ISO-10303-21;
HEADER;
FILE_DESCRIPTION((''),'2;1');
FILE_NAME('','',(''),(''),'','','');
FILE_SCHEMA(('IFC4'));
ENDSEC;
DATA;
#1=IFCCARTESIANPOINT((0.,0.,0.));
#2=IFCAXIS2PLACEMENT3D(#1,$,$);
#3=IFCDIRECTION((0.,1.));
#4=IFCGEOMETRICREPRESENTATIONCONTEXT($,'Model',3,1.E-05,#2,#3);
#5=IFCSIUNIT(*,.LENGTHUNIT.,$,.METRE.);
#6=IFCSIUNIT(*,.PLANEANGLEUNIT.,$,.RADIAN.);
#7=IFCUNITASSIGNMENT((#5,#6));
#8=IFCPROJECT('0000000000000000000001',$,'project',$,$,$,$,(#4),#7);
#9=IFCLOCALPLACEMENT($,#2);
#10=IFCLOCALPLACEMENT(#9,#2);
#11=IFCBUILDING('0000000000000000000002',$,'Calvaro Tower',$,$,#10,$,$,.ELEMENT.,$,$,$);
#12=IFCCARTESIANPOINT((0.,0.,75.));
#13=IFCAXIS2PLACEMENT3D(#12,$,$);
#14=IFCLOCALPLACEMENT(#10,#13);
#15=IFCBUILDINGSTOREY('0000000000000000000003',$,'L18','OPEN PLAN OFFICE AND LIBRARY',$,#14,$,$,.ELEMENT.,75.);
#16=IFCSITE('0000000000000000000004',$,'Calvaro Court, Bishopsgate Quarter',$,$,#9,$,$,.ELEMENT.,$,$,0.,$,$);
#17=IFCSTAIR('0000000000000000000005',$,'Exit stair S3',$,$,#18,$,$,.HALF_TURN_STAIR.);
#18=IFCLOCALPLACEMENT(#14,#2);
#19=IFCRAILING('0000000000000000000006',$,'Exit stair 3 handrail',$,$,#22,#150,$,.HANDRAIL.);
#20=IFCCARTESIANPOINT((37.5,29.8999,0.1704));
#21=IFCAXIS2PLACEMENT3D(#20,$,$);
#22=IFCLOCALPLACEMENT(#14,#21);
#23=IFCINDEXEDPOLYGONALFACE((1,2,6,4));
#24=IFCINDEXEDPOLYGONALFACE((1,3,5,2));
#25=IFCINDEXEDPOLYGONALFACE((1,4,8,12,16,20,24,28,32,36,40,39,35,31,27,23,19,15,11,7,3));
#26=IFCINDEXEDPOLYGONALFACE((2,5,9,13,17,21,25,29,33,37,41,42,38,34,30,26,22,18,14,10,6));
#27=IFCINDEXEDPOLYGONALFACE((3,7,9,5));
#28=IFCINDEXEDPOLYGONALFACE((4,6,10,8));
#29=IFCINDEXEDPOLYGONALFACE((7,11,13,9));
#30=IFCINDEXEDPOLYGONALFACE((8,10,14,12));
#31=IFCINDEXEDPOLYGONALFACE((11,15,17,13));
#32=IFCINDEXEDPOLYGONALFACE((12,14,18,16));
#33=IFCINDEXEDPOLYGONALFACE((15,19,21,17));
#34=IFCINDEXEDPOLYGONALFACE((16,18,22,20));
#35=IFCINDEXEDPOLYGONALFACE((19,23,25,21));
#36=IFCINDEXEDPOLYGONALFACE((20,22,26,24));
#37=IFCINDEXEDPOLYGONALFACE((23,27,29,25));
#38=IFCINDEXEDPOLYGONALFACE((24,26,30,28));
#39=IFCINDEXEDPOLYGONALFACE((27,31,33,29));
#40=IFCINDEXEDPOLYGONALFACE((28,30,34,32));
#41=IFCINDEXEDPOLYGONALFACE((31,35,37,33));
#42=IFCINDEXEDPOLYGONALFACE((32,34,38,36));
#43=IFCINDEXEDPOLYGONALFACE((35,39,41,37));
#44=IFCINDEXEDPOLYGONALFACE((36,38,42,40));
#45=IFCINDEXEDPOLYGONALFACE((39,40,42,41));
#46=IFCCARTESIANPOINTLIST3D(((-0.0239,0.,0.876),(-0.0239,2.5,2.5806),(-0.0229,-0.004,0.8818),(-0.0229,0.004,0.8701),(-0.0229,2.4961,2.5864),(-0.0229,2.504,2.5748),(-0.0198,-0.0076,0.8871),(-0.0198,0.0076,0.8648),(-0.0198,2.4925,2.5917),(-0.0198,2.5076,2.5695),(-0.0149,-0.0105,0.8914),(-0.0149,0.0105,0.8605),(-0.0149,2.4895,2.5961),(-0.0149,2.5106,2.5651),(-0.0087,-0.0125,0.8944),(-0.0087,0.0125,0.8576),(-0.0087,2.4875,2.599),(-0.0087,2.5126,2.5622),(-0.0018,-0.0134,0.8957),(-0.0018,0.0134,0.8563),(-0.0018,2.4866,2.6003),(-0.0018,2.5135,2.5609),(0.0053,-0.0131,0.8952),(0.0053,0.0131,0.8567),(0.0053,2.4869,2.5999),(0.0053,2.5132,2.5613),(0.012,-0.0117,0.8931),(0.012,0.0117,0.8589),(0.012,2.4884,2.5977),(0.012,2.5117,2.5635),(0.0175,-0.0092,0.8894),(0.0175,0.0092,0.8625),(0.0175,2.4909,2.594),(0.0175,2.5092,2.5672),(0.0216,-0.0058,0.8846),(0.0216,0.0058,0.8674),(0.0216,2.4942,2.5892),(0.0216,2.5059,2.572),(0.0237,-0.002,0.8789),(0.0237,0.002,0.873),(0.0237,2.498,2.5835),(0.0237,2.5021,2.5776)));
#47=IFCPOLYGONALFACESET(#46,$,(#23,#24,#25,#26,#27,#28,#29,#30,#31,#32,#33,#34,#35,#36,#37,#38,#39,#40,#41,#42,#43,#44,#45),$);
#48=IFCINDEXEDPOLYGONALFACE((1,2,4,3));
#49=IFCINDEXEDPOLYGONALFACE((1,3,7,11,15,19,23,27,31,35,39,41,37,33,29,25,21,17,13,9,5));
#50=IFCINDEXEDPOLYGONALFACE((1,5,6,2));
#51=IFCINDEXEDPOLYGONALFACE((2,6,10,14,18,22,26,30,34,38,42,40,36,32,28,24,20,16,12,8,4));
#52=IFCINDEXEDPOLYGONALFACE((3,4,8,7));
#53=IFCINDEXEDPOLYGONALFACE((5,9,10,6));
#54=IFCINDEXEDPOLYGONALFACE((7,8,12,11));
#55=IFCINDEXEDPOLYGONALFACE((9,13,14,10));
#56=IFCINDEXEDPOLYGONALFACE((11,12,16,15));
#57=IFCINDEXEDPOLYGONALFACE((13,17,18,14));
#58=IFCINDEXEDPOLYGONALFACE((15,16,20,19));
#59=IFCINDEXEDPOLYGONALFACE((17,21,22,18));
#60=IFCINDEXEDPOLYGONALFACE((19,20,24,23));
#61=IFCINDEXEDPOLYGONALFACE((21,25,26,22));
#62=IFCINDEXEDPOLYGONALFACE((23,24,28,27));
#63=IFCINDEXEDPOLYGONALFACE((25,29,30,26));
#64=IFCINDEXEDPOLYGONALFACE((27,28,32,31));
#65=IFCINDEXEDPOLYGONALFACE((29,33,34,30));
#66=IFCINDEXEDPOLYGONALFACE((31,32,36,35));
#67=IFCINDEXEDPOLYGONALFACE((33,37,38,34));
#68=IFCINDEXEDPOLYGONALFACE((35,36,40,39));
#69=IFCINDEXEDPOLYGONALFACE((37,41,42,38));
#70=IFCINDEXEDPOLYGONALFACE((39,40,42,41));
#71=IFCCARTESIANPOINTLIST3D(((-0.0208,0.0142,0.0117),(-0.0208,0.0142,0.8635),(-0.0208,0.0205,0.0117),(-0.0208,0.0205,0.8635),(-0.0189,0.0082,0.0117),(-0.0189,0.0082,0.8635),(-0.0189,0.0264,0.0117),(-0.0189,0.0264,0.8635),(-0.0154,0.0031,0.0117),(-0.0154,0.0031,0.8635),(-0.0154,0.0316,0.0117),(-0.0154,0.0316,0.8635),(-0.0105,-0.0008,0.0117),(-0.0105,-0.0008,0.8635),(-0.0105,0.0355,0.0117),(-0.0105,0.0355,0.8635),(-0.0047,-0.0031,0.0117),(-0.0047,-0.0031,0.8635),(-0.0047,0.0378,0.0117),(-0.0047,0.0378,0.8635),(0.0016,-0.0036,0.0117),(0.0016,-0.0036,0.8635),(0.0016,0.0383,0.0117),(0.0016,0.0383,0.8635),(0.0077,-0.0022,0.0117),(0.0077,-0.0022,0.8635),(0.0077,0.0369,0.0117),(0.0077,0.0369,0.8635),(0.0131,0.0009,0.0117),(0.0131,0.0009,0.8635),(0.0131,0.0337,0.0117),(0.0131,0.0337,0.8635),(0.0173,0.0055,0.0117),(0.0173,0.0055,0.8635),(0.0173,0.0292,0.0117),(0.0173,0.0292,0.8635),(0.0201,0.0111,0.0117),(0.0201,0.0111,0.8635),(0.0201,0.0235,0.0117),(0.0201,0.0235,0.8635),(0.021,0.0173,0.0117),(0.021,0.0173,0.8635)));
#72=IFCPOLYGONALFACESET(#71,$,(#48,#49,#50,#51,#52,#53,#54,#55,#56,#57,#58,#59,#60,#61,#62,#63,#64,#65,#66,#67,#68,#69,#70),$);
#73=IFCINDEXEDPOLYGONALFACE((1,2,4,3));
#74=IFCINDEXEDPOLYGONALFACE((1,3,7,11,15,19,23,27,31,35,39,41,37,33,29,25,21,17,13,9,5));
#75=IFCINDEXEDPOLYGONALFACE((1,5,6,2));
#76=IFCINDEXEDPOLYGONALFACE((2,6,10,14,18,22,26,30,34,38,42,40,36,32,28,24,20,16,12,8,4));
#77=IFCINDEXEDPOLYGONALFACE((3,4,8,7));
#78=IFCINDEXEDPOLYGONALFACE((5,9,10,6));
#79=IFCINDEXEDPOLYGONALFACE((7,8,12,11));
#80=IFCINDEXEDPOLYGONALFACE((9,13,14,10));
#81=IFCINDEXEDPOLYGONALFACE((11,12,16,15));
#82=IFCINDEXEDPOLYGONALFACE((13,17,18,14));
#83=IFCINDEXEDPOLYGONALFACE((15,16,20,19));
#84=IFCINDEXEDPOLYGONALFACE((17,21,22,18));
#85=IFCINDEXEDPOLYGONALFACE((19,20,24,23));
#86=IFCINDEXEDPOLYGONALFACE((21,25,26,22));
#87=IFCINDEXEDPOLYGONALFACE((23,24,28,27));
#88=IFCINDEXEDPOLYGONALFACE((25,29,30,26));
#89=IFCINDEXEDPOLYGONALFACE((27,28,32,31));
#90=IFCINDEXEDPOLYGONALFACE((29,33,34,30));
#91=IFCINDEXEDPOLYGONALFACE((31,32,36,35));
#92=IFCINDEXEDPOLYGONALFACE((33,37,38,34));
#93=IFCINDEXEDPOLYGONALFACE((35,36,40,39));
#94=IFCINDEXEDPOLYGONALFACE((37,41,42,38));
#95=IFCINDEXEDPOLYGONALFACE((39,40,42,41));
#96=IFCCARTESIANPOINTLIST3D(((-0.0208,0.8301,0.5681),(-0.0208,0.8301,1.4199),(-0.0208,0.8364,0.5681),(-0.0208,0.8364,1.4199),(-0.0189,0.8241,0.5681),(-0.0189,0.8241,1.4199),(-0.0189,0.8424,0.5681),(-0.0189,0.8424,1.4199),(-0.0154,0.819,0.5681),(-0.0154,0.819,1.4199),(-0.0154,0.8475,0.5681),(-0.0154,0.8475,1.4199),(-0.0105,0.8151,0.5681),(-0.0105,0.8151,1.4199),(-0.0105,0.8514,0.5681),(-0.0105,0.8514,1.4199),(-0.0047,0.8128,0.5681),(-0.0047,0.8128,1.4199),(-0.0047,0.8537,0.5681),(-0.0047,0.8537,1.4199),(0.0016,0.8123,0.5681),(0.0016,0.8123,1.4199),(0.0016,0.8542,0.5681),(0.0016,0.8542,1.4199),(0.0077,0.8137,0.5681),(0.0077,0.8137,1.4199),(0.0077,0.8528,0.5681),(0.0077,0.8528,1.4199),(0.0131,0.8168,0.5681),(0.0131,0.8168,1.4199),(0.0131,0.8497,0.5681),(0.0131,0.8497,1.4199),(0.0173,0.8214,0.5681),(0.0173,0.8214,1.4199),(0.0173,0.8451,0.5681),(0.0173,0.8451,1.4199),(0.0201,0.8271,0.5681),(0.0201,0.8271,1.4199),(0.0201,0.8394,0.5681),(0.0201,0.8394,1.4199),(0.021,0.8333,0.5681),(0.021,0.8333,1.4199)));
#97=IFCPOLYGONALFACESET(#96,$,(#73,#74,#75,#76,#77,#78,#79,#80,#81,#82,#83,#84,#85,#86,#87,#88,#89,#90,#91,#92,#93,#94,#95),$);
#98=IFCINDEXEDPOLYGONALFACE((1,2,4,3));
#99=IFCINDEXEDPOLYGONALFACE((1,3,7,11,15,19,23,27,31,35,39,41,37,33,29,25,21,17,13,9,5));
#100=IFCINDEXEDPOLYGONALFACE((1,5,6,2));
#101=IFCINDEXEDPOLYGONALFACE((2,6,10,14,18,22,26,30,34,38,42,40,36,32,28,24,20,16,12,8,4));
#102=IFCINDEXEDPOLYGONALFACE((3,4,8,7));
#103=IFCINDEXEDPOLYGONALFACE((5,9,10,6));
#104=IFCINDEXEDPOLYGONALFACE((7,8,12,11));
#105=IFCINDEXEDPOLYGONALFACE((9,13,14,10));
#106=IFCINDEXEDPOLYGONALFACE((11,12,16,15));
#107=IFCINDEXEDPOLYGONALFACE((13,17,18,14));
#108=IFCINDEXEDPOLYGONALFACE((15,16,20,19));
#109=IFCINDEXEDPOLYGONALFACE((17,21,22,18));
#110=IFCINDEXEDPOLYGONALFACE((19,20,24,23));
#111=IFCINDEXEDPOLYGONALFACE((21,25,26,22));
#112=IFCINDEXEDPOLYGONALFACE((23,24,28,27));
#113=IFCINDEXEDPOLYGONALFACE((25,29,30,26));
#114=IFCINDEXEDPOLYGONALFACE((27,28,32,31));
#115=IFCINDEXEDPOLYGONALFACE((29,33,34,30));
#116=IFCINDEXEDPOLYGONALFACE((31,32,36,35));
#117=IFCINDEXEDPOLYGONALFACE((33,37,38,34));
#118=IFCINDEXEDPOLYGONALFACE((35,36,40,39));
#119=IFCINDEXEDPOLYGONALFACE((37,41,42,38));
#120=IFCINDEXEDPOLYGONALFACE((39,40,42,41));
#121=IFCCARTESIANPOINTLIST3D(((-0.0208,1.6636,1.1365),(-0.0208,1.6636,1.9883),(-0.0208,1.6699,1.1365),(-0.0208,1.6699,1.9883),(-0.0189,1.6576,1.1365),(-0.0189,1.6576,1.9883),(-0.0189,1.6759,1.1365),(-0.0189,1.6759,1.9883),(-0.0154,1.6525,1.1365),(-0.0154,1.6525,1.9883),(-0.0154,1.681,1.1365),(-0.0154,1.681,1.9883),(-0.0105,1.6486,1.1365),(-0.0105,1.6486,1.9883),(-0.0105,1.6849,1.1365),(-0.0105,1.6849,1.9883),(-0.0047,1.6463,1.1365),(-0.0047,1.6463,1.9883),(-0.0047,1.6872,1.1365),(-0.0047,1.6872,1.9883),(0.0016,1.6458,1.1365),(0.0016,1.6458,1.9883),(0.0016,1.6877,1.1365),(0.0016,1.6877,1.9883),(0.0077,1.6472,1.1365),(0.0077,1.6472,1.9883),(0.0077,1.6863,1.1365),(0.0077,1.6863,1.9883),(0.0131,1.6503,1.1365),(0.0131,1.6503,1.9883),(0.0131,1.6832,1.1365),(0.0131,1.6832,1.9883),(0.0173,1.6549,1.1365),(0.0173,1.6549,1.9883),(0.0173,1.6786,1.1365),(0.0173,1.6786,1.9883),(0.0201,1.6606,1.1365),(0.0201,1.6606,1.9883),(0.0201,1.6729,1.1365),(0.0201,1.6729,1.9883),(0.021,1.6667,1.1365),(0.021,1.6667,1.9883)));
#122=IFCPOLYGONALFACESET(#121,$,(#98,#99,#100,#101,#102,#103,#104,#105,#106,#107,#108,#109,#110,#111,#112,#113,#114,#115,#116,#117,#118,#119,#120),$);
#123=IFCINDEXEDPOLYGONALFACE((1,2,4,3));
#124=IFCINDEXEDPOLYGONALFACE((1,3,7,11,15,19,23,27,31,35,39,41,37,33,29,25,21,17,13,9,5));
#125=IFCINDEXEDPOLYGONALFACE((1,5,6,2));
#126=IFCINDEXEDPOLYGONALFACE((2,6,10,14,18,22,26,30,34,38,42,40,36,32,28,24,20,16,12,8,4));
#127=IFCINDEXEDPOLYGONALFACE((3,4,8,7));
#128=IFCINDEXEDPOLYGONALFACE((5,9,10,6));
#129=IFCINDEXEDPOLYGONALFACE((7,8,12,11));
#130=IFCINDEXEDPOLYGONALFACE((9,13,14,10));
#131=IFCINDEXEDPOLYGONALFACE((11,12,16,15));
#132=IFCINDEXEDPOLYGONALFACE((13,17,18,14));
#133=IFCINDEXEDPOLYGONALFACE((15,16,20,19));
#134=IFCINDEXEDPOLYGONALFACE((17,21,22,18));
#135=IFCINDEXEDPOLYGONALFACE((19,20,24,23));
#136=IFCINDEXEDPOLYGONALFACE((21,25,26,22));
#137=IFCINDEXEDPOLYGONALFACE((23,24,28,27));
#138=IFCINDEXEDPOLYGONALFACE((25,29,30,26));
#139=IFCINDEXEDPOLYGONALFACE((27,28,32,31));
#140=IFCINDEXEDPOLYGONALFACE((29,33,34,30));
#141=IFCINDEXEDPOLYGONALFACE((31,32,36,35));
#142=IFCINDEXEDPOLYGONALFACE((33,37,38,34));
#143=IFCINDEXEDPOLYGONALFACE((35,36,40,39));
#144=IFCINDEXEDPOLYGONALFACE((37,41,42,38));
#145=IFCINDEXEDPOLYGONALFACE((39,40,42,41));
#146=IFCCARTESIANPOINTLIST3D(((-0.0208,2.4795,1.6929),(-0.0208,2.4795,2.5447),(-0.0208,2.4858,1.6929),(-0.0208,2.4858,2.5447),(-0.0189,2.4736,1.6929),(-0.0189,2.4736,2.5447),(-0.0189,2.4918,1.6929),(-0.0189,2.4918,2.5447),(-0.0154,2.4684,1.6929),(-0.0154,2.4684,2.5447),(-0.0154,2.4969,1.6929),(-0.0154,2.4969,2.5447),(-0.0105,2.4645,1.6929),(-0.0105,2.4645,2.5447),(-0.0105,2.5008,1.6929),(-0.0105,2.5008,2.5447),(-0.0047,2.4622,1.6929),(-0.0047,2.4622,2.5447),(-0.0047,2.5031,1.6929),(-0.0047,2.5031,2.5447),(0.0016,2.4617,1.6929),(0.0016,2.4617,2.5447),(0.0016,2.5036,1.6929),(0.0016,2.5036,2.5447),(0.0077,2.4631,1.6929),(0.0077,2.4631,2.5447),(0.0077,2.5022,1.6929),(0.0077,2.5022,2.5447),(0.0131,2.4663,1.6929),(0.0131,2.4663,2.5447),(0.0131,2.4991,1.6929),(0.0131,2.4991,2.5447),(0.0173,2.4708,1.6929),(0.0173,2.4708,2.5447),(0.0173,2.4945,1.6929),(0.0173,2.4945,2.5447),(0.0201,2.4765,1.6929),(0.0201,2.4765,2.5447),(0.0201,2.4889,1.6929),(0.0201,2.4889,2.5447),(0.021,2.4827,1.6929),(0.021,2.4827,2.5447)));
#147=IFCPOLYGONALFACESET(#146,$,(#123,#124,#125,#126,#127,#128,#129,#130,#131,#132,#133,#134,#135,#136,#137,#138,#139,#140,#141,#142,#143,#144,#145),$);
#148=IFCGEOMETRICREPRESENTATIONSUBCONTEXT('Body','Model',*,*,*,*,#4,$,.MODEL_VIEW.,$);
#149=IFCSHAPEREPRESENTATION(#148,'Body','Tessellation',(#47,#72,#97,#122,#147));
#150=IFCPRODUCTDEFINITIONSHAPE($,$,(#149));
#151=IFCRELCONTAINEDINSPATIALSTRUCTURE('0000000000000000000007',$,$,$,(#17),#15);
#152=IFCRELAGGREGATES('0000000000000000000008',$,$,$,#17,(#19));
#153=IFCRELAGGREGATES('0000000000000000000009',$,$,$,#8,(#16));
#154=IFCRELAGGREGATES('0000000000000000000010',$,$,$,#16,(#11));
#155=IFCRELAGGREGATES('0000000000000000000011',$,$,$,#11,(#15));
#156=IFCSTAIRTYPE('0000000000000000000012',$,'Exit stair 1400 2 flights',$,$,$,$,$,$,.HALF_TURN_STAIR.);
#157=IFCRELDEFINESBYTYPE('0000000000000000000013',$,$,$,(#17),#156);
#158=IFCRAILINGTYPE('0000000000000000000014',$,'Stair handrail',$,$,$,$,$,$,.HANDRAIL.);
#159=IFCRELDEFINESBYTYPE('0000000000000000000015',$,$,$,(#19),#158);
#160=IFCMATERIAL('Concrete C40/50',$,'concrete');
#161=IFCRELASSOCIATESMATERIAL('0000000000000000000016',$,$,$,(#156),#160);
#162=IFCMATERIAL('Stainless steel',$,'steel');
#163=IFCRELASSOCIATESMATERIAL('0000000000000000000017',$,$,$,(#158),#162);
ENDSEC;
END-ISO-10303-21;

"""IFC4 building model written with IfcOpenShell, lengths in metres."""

from ifc_helpers import new_model, si_unit, direction, frame, origin, origin_2d, place, context, subcontext, project, spatial, circle, extrude, material, type_object, element, aggregate, save


model = new_model("IFC4")

# Units and contexts
model_context = context("Model", 3, precision=1e-05, world=origin(), true_north=direction((0.0, 1.0)))
body_context = subcontext(model_context, "Body", "Model", "MODEL_VIEW")
ifc_project = project(units=[si_unit("LENGTHUNIT", "METRE"), si_unit("PLANEANGLEUNIT", "RADIAN")], contexts=[model_context])

# Site, building, storey
site_placement = place(None, origin())
site = spatial("IfcSite", under=ifc_project, at=site_placement, Name="Calvaro Court, Bishopsgate Quarter", CompositionType="ELEMENT", RefElevation=0.0)
building_placement = place(site_placement, origin())
building = spatial("IfcBuilding", under=site, at=building_placement, Name="Calvaro Tower", CompositionType="ELEMENT")
storey_placement = place(building_placement, frame((0.0, 0.0, 75.0)))
storey = spatial("IfcBuildingStorey", under=building, at=storey_placement, Name="L18", Description="OPEN PLAN OFFICE AND LIBRARY", CompositionType="ELEMENT", Elevation=75.0)

# Stair
ifc_material_1 = material(Name="Concrete C40/50", Category="concrete")
stair_type = type_object("IfcStairType", Name="Exit stair 1400 2 flights", PredefinedType="HALF_TURN_STAIR", material=ifc_material_1)
stair_1_placement = place(storey_placement, origin())
stair_1 = element("IfcStair", 1, at=stair_1_placement, inside=storey, type_object=stair_type, Name="Exit stair S3", PredefinedType="HALF_TURN_STAIR")

# Railing
ifc_material_2 = material(Name="Stainless steel", Category="steel")
railing_type = type_object("IfcRailingType", Name="Stair handrail", PredefinedType="HANDRAIL", material=ifc_material_2)
railing_1_placement = place(storey_placement, frame((37.5, 29.8999, 0.1704)))
railing_1 = element("IfcRailing", 2, at=railing_1_placement, type_object=railing_type, Name="Exit stair 3 handrail", PredefinedType="HANDRAIL", context=body_context, shape_type="SweptSolid", body=[
    extrude(circle(Radius=0.0239, at=origin_2d()), frame((0.0, 0.0, 0.876), z_axis=(0.0, 0.826221, 0.563347), x_axis=(-1.0, 0.0, 0.0)), (0.0, 0.0, 1.0), 3.0259),
    extrude(circle(Radius=0.021, at=origin_2d()), frame((0.0, 0.0173, 0.0117)), (0.0, 0.0, 1.0), 0.8518),
    extrude(circle(Radius=0.021, at=origin_2d()), frame((0.0, 0.8333, 0.5681)), (0.0, 0.0, 1.0), 0.8518),
    extrude(circle(Radius=0.021, at=origin_2d()), frame((0.0, 1.6667, 1.1365)), (0.0, 0.0, 1.0), 0.8518),
    extrude(circle(Radius=0.021, at=origin_2d()), frame((0.0, 2.4827, 1.6929)), (0.0, 0.0, 1.0), 0.8518),
])
aggregate(stair_1, [railing_1])

save(model, "model.ifc")
